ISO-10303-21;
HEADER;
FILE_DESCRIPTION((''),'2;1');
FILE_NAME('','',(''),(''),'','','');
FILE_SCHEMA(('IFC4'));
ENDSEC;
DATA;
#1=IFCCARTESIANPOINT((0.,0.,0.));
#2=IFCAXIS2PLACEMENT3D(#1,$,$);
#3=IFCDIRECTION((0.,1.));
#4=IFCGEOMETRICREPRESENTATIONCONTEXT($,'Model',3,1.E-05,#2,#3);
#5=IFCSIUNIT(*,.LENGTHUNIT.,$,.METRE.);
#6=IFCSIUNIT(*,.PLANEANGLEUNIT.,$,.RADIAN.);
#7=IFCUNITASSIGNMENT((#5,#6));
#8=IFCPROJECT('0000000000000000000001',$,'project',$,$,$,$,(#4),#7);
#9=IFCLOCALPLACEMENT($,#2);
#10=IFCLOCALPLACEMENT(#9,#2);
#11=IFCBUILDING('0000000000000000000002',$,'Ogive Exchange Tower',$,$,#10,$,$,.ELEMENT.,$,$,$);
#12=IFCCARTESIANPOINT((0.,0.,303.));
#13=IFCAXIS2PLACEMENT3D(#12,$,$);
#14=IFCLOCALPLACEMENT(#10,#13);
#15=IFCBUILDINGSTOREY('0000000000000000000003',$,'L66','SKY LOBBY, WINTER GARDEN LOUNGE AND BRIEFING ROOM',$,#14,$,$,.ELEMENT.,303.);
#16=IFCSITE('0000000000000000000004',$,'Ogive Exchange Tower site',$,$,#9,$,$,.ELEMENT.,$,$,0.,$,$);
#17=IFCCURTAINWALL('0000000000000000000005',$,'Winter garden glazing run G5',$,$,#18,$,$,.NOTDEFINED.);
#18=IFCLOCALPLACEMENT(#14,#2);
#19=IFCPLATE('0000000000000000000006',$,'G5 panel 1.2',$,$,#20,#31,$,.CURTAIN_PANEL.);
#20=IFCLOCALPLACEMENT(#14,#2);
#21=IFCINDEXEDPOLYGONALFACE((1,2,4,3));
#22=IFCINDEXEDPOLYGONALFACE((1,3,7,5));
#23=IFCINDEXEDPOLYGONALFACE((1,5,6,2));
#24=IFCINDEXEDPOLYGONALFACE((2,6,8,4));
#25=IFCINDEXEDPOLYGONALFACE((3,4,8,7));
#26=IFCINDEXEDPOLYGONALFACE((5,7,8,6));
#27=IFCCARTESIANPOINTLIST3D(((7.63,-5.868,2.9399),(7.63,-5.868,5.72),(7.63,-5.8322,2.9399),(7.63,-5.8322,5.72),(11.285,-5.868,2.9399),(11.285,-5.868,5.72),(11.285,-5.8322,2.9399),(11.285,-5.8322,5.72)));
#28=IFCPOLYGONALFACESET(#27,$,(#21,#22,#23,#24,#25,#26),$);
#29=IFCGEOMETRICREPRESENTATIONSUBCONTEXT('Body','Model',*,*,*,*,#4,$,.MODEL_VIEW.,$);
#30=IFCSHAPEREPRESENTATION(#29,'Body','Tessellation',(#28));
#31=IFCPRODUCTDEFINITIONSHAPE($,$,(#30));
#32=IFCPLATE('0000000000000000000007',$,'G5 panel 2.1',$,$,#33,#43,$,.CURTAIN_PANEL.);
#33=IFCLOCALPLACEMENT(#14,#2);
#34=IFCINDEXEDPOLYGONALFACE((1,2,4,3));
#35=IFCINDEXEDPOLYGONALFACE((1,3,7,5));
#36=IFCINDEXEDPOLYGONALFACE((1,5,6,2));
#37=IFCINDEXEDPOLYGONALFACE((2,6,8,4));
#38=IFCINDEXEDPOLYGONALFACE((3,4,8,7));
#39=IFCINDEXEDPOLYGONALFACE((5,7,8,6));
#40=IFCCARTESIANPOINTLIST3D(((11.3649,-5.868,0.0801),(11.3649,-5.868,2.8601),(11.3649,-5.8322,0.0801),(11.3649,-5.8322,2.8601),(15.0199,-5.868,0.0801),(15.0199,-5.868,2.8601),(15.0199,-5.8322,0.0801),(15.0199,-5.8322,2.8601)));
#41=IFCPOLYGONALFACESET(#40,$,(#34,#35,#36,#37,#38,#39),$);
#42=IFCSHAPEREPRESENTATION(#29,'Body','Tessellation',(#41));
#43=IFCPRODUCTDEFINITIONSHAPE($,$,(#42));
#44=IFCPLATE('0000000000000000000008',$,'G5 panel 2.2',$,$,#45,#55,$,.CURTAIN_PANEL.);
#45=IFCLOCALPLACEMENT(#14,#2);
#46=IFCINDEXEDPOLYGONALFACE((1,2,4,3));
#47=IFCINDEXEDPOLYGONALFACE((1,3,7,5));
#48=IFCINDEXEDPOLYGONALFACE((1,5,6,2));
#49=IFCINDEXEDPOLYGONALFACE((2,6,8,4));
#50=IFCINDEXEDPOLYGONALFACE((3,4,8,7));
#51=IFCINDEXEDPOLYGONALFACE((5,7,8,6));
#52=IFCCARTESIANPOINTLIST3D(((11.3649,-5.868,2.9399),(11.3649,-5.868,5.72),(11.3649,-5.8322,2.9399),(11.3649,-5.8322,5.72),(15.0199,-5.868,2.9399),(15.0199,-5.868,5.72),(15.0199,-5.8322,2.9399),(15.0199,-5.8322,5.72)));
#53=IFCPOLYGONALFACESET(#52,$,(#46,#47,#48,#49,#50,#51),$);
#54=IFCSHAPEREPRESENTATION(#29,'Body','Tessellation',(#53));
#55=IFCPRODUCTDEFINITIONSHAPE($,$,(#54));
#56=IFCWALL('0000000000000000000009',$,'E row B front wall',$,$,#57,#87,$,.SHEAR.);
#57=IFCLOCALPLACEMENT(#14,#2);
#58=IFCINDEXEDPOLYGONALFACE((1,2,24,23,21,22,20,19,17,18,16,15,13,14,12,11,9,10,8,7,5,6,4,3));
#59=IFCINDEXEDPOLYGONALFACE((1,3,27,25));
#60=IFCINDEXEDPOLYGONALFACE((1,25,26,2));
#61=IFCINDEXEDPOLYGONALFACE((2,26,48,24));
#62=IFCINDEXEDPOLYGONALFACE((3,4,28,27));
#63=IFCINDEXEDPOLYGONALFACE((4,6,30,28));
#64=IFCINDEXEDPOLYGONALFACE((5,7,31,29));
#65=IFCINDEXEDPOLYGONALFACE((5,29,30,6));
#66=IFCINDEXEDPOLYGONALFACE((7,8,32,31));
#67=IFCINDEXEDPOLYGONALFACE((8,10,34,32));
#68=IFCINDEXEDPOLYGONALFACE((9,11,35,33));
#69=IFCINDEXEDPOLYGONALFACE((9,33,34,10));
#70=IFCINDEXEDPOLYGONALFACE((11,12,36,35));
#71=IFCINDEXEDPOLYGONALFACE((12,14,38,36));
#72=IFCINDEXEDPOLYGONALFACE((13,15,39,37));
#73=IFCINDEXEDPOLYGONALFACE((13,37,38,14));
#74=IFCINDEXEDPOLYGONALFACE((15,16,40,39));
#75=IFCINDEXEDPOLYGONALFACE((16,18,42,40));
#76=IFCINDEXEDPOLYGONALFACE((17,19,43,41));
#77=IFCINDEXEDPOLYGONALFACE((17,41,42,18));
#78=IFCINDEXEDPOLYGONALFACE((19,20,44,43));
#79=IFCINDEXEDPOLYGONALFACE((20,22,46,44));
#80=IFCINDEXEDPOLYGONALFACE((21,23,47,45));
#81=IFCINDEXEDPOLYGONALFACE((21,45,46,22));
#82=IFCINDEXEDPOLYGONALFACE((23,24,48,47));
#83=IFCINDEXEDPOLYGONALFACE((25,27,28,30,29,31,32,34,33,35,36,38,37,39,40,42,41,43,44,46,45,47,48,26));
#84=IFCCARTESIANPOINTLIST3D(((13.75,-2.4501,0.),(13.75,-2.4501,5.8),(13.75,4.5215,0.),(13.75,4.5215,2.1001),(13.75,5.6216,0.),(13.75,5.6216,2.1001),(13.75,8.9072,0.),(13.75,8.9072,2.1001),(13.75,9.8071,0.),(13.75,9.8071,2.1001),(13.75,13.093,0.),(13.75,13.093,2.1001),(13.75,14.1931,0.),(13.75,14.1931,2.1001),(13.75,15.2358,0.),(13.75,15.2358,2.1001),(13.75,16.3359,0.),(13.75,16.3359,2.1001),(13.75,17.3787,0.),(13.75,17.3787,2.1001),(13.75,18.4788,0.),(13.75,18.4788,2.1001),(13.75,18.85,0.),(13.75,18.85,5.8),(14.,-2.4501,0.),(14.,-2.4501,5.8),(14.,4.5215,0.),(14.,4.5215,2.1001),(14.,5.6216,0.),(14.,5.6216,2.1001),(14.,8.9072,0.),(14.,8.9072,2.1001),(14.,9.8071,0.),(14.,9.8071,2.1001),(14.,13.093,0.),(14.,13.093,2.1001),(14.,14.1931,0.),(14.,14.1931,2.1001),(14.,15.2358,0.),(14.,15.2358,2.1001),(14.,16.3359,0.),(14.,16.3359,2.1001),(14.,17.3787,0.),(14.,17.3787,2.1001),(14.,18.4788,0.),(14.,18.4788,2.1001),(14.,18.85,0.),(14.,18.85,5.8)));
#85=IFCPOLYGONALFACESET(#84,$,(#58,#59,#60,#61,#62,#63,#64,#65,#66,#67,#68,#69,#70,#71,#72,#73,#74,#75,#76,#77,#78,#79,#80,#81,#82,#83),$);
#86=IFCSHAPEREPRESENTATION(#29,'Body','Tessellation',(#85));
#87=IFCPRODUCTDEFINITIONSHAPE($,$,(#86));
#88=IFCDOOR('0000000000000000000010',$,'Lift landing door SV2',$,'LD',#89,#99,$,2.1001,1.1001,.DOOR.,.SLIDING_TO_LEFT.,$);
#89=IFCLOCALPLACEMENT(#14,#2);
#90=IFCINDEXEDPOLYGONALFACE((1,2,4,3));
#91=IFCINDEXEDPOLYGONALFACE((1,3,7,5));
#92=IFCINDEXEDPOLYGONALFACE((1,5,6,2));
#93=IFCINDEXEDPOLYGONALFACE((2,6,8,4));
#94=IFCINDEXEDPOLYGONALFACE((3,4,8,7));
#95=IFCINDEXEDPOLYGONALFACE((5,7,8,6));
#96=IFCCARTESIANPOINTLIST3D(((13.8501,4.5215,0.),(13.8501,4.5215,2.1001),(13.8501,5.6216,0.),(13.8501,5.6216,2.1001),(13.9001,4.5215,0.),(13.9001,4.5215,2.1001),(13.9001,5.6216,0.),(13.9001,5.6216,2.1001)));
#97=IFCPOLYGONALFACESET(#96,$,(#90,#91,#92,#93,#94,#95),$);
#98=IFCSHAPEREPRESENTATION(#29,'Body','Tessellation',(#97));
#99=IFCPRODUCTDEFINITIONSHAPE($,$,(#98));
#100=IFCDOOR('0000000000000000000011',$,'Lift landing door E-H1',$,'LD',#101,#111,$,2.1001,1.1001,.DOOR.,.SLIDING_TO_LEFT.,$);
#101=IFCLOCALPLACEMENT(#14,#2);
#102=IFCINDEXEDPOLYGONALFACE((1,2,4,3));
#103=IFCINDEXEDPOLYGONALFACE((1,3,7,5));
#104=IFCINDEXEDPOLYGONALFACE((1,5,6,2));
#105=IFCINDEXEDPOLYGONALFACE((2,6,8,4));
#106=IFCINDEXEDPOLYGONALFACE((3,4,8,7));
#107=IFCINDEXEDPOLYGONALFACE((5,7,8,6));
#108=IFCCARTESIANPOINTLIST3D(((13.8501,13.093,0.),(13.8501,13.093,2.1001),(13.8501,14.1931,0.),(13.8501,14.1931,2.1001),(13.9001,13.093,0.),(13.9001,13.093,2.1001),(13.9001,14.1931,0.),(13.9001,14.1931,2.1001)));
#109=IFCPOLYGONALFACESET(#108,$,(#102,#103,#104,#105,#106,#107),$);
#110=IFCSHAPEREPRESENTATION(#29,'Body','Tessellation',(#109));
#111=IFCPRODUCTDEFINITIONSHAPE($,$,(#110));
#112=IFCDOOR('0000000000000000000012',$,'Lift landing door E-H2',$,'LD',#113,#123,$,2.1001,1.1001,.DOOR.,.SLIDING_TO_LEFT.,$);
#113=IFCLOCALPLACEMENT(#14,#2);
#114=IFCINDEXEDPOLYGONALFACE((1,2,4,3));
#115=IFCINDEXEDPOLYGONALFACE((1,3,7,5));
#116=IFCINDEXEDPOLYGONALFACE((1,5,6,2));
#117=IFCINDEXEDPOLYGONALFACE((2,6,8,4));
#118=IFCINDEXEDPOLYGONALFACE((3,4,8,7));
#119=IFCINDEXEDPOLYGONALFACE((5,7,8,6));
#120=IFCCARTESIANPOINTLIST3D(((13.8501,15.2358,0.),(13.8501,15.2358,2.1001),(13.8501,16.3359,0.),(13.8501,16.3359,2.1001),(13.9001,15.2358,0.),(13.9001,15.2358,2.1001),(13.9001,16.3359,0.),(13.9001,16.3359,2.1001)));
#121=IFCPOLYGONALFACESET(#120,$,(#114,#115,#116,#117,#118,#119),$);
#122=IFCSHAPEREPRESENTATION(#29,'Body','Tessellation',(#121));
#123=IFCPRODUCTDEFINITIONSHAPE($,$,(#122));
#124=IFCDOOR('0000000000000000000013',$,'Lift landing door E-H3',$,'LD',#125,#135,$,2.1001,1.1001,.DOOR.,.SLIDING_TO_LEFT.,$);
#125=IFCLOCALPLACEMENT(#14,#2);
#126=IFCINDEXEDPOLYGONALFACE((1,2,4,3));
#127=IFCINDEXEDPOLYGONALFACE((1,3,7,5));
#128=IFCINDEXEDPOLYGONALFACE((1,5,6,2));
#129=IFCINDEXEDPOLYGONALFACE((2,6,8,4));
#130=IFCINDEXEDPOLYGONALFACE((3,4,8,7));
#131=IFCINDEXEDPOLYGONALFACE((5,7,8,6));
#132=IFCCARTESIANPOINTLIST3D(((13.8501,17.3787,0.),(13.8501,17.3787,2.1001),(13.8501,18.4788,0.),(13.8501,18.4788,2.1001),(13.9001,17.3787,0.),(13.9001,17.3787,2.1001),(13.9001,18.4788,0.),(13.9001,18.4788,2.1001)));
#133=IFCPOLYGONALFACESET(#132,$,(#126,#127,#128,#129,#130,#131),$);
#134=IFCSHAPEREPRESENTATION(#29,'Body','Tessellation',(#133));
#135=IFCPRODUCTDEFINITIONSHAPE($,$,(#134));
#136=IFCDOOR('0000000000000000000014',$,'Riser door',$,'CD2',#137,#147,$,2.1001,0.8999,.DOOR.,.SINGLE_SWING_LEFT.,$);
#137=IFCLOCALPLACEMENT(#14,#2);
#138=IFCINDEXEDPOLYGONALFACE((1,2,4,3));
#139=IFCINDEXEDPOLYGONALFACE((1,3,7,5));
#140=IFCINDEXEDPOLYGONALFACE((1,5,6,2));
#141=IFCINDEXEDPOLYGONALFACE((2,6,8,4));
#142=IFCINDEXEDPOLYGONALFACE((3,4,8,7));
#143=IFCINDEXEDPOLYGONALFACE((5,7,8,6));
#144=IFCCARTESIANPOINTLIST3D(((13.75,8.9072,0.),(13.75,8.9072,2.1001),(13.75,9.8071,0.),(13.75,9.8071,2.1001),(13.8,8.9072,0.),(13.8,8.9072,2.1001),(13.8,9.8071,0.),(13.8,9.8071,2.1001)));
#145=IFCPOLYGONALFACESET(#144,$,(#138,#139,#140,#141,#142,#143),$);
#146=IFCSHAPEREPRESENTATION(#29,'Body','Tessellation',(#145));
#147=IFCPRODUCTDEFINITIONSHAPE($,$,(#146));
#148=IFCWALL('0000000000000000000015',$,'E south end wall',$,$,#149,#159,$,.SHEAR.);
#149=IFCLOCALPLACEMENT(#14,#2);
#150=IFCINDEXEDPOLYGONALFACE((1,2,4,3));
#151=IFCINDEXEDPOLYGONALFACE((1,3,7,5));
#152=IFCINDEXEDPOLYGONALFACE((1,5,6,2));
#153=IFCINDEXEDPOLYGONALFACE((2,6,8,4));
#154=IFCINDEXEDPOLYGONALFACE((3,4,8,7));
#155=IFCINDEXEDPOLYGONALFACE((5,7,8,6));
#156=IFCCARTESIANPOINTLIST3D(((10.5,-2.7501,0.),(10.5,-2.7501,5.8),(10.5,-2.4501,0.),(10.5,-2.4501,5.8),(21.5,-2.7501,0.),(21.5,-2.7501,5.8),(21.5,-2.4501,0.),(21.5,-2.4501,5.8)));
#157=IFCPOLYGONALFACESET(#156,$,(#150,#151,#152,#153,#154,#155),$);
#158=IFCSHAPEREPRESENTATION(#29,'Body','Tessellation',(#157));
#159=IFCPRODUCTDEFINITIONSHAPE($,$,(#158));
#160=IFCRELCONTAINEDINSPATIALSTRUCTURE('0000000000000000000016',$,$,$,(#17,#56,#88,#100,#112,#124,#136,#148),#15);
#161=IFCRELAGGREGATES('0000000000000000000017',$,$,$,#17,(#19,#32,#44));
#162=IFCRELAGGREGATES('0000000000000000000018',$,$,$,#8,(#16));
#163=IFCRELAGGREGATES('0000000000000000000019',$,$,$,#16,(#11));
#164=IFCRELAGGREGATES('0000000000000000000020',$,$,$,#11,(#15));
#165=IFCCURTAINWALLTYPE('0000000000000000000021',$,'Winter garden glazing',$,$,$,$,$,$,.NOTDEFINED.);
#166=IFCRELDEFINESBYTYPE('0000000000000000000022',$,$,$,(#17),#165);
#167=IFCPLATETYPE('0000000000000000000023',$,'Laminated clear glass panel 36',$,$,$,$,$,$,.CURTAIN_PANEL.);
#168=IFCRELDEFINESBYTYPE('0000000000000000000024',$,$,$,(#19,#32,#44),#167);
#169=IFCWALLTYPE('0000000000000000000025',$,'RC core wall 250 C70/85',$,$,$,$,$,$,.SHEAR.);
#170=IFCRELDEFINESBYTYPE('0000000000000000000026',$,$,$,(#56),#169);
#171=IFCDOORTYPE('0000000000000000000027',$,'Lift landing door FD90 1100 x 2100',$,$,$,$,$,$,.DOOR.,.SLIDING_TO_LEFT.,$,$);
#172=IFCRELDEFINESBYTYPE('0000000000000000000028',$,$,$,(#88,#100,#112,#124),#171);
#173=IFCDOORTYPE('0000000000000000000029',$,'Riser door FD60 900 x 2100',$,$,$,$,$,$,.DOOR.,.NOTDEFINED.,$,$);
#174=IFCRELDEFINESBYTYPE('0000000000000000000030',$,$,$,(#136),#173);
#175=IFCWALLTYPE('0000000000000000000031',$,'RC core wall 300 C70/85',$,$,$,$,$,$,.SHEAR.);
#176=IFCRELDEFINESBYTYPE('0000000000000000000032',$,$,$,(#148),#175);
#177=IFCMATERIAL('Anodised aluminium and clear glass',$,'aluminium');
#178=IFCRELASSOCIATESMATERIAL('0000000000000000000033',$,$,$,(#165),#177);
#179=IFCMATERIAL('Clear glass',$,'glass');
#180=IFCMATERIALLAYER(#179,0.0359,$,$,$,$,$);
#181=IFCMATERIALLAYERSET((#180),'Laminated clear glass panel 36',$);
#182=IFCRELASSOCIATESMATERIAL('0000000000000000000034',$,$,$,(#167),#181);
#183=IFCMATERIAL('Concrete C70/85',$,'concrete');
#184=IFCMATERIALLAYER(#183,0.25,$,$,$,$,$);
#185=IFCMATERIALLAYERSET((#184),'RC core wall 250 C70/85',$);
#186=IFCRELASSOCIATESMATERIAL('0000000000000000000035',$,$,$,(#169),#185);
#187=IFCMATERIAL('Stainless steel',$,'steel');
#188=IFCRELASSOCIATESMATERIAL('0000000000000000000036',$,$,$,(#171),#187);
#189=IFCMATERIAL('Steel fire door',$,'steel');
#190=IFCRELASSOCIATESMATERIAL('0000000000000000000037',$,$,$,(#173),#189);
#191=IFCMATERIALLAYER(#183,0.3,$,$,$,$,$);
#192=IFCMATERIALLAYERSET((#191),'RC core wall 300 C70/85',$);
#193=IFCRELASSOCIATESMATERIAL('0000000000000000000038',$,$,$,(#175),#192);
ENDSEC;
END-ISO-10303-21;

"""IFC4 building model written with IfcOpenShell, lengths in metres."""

from ifc_helpers import new_model, si_unit, direction, frame, frame_2d, origin, origin_2d, place, context, subcontext, project, spatial, rectangle, extrude, material, layer, layer_set, type_object, element, fill, aggregate, save


model = new_model("IFC4")

# Units and contexts
model_context = context("Model", 3, precision=1e-05, world=origin(), true_north=direction((0.0, 1.0)))
body_context = subcontext(model_context, "Body", "Model", "MODEL_VIEW")
ifc_project = project(units=[si_unit("LENGTHUNIT", "METRE"), si_unit("PLANEANGLEUNIT", "RADIAN")], contexts=[model_context])

# Site, building, storey
site_placement = place(None, origin())
site = spatial("IfcSite", under=ifc_project, at=site_placement, Name="Ogive Exchange Tower site", CompositionType="ELEMENT", RefElevation=0.0)
building_placement = place(site_placement, origin())
building = spatial("IfcBuilding", under=site, at=building_placement, Name="Ogive Exchange Tower", CompositionType="ELEMENT")
storey_placement = place(building_placement, frame((0.0, 0.0, 303.0)))
storey = spatial("IfcBuildingStorey", under=building, at=storey_placement, Name="L66", Description="SKY LOBBY, WINTER GARDEN LOUNGE AND BRIEFING ROOM", CompositionType="ELEMENT", Elevation=303.0)

# Curtain wall
ifc_material_1 = material(Name="Anodised aluminium and clear glass", Category="aluminium")
curtain_wall_type = type_object("IfcCurtainWallType", Name="Winter garden glazing", PredefinedType="NOTDEFINED", material=ifc_material_1)
curtain_wall_1_placement = place(storey_placement, origin())
curtain_wall_1 = element("IfcCurtainWall", 1, at=curtain_wall_1_placement, inside=storey, type_object=curtain_wall_type, Name="Winter garden glazing run G5", PredefinedType="NOTDEFINED")

# Plates
ifc_material_2 = material(Name="Clear glass", Category="glass")
ifc_layer_1 = layer(ifc_material_2, 0.0359)
ifc_layer_set_1 = layer_set([ifc_layer_1], Name="Laminated clear glass panel 36")
plate_type = type_object("IfcPlateType", Name="Laminated clear glass panel 36", PredefinedType="CURTAIN_PANEL", material=ifc_layer_set_1)
plate_1_placement = place(storey_placement, frame((9.4575, -5.8501, 2.9399), z_axis=(0.0, 0.0, 1.0), x_axis=(1.0, 0.0, 0.0)))
plate_1 = element("IfcPlate", 2, at=plate_1_placement, type_object=plate_type, Name="G5 panel 1.2", PredefinedType="CURTAIN_PANEL", context=body_context, shape_type="SweptSolid", body=[
    extrude(rectangle(XDim=3.655, YDim=0.0359, at=origin_2d()), origin(), (0.0, 0.0, 1.0), 2.78),
])
plate_2_placement = place(storey_placement, frame((13.1924, -5.8501, 0.0801), z_axis=(0.0, 0.0, 1.0), x_axis=(1.0, 0.0, 0.0)))
plate_2 = element("IfcPlate", 3, at=plate_2_placement, type_object=plate_type, Name="G5 panel 2.1", PredefinedType="CURTAIN_PANEL", context=body_context, shape_type="SweptSolid", body=[
    extrude(rectangle(XDim=3.655, YDim=0.0359, at=origin_2d()), origin(), (0.0, 0.0, 1.0), 2.78),
])
plate_3_placement = place(storey_placement, frame((13.1924, -5.8501, 2.9399), z_axis=(0.0, 0.0, 1.0), x_axis=(1.0, 0.0, 0.0)))
plate_3 = element("IfcPlate", 4, at=plate_3_placement, type_object=plate_type, Name="G5 panel 2.2", PredefinedType="CURTAIN_PANEL", context=body_context, shape_type="SweptSolid", body=[
    extrude(rectangle(XDim=3.655, YDim=0.0359, at=origin_2d()), origin(), (0.0, 0.0, 1.0), 2.78),
])
aggregate(curtain_wall_1, [plate_1, plate_2, plate_3])

# Wall, openings, doors
ifc_material_3 = material(Name="Concrete C70/85", Category="concrete")
ifc_layer_2 = layer(ifc_material_3, 0.25)
ifc_layer_set_2 = layer_set([ifc_layer_2], Name="RC core wall 250 C70/85")
wall_type_1 = type_object("IfcWallType", Name="RC core wall 250 C70/85", PredefinedType="SHEAR", material=ifc_layer_set_2)
wall_1_placement = place(storey_placement, frame((13.875, -2.45, 0.0), z_axis=(0.0, 0.0, 1.0), x_axis=(0.0, 1.0, 0.0)))
wall_1 = element("IfcWall", 5, at=wall_1_placement, inside=storey, type_object=wall_type_1, Name="E row B front wall", PredefinedType="SHEAR", context=body_context, shape_type="SweptSolid", body=[
    extrude(rectangle(XDim=21.3, YDim=0.25, at=frame_2d((10.6499, 0.0))), origin(), (0.0, 0.0, 1.0), 5.8),
])
opening_1_placement = place(wall_1_placement, frame((11.3572, 0.0, 0.0)))
opening_1 = element("IfcOpeningElement", 6, at=opening_1_placement, cuts=wall_1, PredefinedType="OPENING", context=body_context, shape_type="SweptSolid", body=[
    extrude(rectangle(XDim=0.8999, YDim=2.1001, at=frame_2d((0.45, 1.05))), frame((0.0, 0.135, 0.0), z_axis=(0.0, -1.0, 0.0), x_axis=(1.0, 0.0, 0.0)), (0.0, 0.0, 1.0), 0.27),
])
opening_2_placement = place(wall_1_placement, frame((6.9714, 0.0, 0.0)))
opening_2 = element("IfcOpeningElement", 7, at=opening_2_placement, cuts=wall_1, PredefinedType="OPENING", context=body_context, shape_type="SweptSolid", body=[
    extrude(rectangle(XDim=1.1001, YDim=2.1001, at=frame_2d((0.55, 1.05))), frame((0.0, 0.135, 0.0), z_axis=(0.0, -1.0, 0.0), x_axis=(1.0, 0.0, 0.0)), (0.0, 0.0, 1.0), 0.27),
])
opening_3_placement = place(wall_1_placement, frame((15.543, 0.0, 0.0)))
opening_3 = element("IfcOpeningElement", 8, at=opening_3_placement, cuts=wall_1, PredefinedType="OPENING", context=body_context, shape_type="SweptSolid", body=[
    extrude(rectangle(XDim=1.1001, YDim=2.1001, at=frame_2d((0.55, 1.05))), frame((0.0, 0.135, 0.0), z_axis=(0.0, -1.0, 0.0), x_axis=(1.0, 0.0, 0.0)), (0.0, 0.0, 1.0), 0.27),
])
opening_4_placement = place(wall_1_placement, frame((17.6858, 0.0, 0.0)))
opening_4 = element("IfcOpeningElement", 9, at=opening_4_placement, cuts=wall_1, PredefinedType="OPENING", context=body_context, shape_type="SweptSolid", body=[
    extrude(rectangle(XDim=1.1001, YDim=2.1001, at=frame_2d((0.55, 1.05))), frame((0.0, 0.135, 0.0), z_axis=(0.0, -1.0, 0.0), x_axis=(1.0, 0.0, 0.0)), (0.0, 0.0, 1.0), 0.27),
])
opening_5_placement = place(wall_1_placement, frame((19.8286, 0.0, 0.0)))
opening_5 = element("IfcOpeningElement", 10, at=opening_5_placement, cuts=wall_1, PredefinedType="OPENING", context=body_context, shape_type="SweptSolid", body=[
    extrude(rectangle(XDim=1.1001, YDim=2.1001, at=frame_2d((0.55, 1.05))), frame((0.0, 0.135, 0.0), z_axis=(0.0, -1.0, 0.0), x_axis=(1.0, 0.0, 0.0)), (0.0, 0.0, 1.0), 0.27),
])
ifc_material_4 = material(Name="Stainless steel", Category="steel")
door_type_1 = type_object("IfcDoorType", Name="Lift landing door FD90 1100 x 2100", OperationType="SLIDING_TO_LEFT", PredefinedType="DOOR", material=ifc_material_4)
door_1_placement = place(opening_2_placement, origin())
door_1 = element("IfcDoor", 11, at=door_1_placement, inside=storey, type_object=door_type_1, Name="Lift landing door SV2", ObjectType="LD", OperationType="SLIDING_TO_LEFT", OverallHeight=2.1001, OverallWidth=1.1001, PredefinedType="DOOR", context=body_context, shape_type="SweptSolid", body=[
    extrude(rectangle(XDim=1.1001, YDim=2.1001, at=frame_2d((0.55, 1.05))), frame((0.0, 0.0249, 0.0), z_axis=(0.0, -1.0, 0.0), x_axis=(1.0, 0.0, 0.0)), (0.0, 0.0, 1.0), 0.05),
])
fill(opening_2, door_1)
door_2_placement = place(opening_3_placement, origin())
door_2 = element("IfcDoor", 12, at=door_2_placement, inside=storey, type_object=door_type_1, Name="Lift landing door E-H1", ObjectType="LD", OperationType="SLIDING_TO_LEFT", OverallHeight=2.1001, OverallWidth=1.1001, PredefinedType="DOOR", context=body_context, shape_type="SweptSolid", body=[
    extrude(rectangle(XDim=1.1001, YDim=2.1001, at=frame_2d((0.55, 1.05))), frame((0.0, 0.0249, 0.0), z_axis=(0.0, -1.0, 0.0), x_axis=(1.0, 0.0, 0.0)), (0.0, 0.0, 1.0), 0.05),
])
fill(opening_3, door_2)
door_3_placement = place(opening_4_placement, origin())
door_3 = element("IfcDoor", 13, at=door_3_placement, inside=storey, type_object=door_type_1, Name="Lift landing door E-H2", ObjectType="LD", OperationType="SLIDING_TO_LEFT", OverallHeight=2.1001, OverallWidth=1.1001, PredefinedType="DOOR", context=body_context, shape_type="SweptSolid", body=[
    extrude(rectangle(XDim=1.1001, YDim=2.1001, at=frame_2d((0.55, 1.05))), frame((0.0, 0.0249, 0.0), z_axis=(0.0, -1.0, 0.0), x_axis=(1.0, 0.0, 0.0)), (0.0, 0.0, 1.0), 0.05),
])
fill(opening_4, door_3)
door_4_placement = place(opening_5_placement, origin())
door_4 = element("IfcDoor", 14, at=door_4_placement, inside=storey, type_object=door_type_1, Name="Lift landing door E-H3", ObjectType="LD", OperationType="SLIDING_TO_LEFT", OverallHeight=2.1001, OverallWidth=1.1001, PredefinedType="DOOR", context=body_context, shape_type="SweptSolid", body=[
    extrude(rectangle(XDim=1.1001, YDim=2.1001, at=frame_2d((0.55, 1.05))), frame((0.0, 0.0249, 0.0), z_axis=(0.0, -1.0, 0.0), x_axis=(1.0, 0.0, 0.0)), (0.0, 0.0, 1.0), 0.05),
])
fill(opening_5, door_4)
ifc_material_5 = material(Name="Steel fire door", Category="steel")
door_type_2 = type_object("IfcDoorType", Name="Riser door FD60 900 x 2100", OperationType="NOTDEFINED", PredefinedType="DOOR", material=ifc_material_5)
door_5_placement = place(opening_1_placement, origin())
door_5 = element("IfcDoor", 15, at=door_5_placement, inside=storey, type_object=door_type_2, Name="Riser door", ObjectType="CD2", OperationType="SINGLE_SWING_LEFT", OverallHeight=2.1001, OverallWidth=0.8999, PredefinedType="DOOR", context=body_context, shape_type="SweptSolid", body=[
    extrude(rectangle(XDim=0.8999, YDim=2.1001, at=frame_2d((0.45, 1.05))), frame((0.0, 0.125, 0.0), z_axis=(0.0, -1.0, 0.0), x_axis=(1.0, 0.0, 0.0)), (0.0, 0.0, 1.0), 0.05),
])
fill(opening_1, door_5)

# Wall
ifc_layer_3 = layer(ifc_material_3, 0.3)
ifc_layer_set_3 = layer_set([ifc_layer_3], Name="RC core wall 300 C70/85")
wall_type_2 = type_object("IfcWallType", Name="RC core wall 300 C70/85", PredefinedType="SHEAR", material=ifc_layer_set_3)
wall_2_placement = place(storey_placement, frame((10.5, -2.6001, 0.0), z_axis=(0.0, 0.0, 1.0), x_axis=(1.0, 0.0, 0.0)))
element("IfcWall", 16, at=wall_2_placement, inside=storey, type_object=wall_type_2, Name="E south end wall", PredefinedType="SHEAR", context=body_context, shape_type="SweptSolid", body=[
    extrude(rectangle(XDim=11.0, YDim=0.3, at=frame_2d((5.5, 0.0))), origin(), (0.0, 0.0, 1.0), 5.8),
])

save(model, "model.ifc")
